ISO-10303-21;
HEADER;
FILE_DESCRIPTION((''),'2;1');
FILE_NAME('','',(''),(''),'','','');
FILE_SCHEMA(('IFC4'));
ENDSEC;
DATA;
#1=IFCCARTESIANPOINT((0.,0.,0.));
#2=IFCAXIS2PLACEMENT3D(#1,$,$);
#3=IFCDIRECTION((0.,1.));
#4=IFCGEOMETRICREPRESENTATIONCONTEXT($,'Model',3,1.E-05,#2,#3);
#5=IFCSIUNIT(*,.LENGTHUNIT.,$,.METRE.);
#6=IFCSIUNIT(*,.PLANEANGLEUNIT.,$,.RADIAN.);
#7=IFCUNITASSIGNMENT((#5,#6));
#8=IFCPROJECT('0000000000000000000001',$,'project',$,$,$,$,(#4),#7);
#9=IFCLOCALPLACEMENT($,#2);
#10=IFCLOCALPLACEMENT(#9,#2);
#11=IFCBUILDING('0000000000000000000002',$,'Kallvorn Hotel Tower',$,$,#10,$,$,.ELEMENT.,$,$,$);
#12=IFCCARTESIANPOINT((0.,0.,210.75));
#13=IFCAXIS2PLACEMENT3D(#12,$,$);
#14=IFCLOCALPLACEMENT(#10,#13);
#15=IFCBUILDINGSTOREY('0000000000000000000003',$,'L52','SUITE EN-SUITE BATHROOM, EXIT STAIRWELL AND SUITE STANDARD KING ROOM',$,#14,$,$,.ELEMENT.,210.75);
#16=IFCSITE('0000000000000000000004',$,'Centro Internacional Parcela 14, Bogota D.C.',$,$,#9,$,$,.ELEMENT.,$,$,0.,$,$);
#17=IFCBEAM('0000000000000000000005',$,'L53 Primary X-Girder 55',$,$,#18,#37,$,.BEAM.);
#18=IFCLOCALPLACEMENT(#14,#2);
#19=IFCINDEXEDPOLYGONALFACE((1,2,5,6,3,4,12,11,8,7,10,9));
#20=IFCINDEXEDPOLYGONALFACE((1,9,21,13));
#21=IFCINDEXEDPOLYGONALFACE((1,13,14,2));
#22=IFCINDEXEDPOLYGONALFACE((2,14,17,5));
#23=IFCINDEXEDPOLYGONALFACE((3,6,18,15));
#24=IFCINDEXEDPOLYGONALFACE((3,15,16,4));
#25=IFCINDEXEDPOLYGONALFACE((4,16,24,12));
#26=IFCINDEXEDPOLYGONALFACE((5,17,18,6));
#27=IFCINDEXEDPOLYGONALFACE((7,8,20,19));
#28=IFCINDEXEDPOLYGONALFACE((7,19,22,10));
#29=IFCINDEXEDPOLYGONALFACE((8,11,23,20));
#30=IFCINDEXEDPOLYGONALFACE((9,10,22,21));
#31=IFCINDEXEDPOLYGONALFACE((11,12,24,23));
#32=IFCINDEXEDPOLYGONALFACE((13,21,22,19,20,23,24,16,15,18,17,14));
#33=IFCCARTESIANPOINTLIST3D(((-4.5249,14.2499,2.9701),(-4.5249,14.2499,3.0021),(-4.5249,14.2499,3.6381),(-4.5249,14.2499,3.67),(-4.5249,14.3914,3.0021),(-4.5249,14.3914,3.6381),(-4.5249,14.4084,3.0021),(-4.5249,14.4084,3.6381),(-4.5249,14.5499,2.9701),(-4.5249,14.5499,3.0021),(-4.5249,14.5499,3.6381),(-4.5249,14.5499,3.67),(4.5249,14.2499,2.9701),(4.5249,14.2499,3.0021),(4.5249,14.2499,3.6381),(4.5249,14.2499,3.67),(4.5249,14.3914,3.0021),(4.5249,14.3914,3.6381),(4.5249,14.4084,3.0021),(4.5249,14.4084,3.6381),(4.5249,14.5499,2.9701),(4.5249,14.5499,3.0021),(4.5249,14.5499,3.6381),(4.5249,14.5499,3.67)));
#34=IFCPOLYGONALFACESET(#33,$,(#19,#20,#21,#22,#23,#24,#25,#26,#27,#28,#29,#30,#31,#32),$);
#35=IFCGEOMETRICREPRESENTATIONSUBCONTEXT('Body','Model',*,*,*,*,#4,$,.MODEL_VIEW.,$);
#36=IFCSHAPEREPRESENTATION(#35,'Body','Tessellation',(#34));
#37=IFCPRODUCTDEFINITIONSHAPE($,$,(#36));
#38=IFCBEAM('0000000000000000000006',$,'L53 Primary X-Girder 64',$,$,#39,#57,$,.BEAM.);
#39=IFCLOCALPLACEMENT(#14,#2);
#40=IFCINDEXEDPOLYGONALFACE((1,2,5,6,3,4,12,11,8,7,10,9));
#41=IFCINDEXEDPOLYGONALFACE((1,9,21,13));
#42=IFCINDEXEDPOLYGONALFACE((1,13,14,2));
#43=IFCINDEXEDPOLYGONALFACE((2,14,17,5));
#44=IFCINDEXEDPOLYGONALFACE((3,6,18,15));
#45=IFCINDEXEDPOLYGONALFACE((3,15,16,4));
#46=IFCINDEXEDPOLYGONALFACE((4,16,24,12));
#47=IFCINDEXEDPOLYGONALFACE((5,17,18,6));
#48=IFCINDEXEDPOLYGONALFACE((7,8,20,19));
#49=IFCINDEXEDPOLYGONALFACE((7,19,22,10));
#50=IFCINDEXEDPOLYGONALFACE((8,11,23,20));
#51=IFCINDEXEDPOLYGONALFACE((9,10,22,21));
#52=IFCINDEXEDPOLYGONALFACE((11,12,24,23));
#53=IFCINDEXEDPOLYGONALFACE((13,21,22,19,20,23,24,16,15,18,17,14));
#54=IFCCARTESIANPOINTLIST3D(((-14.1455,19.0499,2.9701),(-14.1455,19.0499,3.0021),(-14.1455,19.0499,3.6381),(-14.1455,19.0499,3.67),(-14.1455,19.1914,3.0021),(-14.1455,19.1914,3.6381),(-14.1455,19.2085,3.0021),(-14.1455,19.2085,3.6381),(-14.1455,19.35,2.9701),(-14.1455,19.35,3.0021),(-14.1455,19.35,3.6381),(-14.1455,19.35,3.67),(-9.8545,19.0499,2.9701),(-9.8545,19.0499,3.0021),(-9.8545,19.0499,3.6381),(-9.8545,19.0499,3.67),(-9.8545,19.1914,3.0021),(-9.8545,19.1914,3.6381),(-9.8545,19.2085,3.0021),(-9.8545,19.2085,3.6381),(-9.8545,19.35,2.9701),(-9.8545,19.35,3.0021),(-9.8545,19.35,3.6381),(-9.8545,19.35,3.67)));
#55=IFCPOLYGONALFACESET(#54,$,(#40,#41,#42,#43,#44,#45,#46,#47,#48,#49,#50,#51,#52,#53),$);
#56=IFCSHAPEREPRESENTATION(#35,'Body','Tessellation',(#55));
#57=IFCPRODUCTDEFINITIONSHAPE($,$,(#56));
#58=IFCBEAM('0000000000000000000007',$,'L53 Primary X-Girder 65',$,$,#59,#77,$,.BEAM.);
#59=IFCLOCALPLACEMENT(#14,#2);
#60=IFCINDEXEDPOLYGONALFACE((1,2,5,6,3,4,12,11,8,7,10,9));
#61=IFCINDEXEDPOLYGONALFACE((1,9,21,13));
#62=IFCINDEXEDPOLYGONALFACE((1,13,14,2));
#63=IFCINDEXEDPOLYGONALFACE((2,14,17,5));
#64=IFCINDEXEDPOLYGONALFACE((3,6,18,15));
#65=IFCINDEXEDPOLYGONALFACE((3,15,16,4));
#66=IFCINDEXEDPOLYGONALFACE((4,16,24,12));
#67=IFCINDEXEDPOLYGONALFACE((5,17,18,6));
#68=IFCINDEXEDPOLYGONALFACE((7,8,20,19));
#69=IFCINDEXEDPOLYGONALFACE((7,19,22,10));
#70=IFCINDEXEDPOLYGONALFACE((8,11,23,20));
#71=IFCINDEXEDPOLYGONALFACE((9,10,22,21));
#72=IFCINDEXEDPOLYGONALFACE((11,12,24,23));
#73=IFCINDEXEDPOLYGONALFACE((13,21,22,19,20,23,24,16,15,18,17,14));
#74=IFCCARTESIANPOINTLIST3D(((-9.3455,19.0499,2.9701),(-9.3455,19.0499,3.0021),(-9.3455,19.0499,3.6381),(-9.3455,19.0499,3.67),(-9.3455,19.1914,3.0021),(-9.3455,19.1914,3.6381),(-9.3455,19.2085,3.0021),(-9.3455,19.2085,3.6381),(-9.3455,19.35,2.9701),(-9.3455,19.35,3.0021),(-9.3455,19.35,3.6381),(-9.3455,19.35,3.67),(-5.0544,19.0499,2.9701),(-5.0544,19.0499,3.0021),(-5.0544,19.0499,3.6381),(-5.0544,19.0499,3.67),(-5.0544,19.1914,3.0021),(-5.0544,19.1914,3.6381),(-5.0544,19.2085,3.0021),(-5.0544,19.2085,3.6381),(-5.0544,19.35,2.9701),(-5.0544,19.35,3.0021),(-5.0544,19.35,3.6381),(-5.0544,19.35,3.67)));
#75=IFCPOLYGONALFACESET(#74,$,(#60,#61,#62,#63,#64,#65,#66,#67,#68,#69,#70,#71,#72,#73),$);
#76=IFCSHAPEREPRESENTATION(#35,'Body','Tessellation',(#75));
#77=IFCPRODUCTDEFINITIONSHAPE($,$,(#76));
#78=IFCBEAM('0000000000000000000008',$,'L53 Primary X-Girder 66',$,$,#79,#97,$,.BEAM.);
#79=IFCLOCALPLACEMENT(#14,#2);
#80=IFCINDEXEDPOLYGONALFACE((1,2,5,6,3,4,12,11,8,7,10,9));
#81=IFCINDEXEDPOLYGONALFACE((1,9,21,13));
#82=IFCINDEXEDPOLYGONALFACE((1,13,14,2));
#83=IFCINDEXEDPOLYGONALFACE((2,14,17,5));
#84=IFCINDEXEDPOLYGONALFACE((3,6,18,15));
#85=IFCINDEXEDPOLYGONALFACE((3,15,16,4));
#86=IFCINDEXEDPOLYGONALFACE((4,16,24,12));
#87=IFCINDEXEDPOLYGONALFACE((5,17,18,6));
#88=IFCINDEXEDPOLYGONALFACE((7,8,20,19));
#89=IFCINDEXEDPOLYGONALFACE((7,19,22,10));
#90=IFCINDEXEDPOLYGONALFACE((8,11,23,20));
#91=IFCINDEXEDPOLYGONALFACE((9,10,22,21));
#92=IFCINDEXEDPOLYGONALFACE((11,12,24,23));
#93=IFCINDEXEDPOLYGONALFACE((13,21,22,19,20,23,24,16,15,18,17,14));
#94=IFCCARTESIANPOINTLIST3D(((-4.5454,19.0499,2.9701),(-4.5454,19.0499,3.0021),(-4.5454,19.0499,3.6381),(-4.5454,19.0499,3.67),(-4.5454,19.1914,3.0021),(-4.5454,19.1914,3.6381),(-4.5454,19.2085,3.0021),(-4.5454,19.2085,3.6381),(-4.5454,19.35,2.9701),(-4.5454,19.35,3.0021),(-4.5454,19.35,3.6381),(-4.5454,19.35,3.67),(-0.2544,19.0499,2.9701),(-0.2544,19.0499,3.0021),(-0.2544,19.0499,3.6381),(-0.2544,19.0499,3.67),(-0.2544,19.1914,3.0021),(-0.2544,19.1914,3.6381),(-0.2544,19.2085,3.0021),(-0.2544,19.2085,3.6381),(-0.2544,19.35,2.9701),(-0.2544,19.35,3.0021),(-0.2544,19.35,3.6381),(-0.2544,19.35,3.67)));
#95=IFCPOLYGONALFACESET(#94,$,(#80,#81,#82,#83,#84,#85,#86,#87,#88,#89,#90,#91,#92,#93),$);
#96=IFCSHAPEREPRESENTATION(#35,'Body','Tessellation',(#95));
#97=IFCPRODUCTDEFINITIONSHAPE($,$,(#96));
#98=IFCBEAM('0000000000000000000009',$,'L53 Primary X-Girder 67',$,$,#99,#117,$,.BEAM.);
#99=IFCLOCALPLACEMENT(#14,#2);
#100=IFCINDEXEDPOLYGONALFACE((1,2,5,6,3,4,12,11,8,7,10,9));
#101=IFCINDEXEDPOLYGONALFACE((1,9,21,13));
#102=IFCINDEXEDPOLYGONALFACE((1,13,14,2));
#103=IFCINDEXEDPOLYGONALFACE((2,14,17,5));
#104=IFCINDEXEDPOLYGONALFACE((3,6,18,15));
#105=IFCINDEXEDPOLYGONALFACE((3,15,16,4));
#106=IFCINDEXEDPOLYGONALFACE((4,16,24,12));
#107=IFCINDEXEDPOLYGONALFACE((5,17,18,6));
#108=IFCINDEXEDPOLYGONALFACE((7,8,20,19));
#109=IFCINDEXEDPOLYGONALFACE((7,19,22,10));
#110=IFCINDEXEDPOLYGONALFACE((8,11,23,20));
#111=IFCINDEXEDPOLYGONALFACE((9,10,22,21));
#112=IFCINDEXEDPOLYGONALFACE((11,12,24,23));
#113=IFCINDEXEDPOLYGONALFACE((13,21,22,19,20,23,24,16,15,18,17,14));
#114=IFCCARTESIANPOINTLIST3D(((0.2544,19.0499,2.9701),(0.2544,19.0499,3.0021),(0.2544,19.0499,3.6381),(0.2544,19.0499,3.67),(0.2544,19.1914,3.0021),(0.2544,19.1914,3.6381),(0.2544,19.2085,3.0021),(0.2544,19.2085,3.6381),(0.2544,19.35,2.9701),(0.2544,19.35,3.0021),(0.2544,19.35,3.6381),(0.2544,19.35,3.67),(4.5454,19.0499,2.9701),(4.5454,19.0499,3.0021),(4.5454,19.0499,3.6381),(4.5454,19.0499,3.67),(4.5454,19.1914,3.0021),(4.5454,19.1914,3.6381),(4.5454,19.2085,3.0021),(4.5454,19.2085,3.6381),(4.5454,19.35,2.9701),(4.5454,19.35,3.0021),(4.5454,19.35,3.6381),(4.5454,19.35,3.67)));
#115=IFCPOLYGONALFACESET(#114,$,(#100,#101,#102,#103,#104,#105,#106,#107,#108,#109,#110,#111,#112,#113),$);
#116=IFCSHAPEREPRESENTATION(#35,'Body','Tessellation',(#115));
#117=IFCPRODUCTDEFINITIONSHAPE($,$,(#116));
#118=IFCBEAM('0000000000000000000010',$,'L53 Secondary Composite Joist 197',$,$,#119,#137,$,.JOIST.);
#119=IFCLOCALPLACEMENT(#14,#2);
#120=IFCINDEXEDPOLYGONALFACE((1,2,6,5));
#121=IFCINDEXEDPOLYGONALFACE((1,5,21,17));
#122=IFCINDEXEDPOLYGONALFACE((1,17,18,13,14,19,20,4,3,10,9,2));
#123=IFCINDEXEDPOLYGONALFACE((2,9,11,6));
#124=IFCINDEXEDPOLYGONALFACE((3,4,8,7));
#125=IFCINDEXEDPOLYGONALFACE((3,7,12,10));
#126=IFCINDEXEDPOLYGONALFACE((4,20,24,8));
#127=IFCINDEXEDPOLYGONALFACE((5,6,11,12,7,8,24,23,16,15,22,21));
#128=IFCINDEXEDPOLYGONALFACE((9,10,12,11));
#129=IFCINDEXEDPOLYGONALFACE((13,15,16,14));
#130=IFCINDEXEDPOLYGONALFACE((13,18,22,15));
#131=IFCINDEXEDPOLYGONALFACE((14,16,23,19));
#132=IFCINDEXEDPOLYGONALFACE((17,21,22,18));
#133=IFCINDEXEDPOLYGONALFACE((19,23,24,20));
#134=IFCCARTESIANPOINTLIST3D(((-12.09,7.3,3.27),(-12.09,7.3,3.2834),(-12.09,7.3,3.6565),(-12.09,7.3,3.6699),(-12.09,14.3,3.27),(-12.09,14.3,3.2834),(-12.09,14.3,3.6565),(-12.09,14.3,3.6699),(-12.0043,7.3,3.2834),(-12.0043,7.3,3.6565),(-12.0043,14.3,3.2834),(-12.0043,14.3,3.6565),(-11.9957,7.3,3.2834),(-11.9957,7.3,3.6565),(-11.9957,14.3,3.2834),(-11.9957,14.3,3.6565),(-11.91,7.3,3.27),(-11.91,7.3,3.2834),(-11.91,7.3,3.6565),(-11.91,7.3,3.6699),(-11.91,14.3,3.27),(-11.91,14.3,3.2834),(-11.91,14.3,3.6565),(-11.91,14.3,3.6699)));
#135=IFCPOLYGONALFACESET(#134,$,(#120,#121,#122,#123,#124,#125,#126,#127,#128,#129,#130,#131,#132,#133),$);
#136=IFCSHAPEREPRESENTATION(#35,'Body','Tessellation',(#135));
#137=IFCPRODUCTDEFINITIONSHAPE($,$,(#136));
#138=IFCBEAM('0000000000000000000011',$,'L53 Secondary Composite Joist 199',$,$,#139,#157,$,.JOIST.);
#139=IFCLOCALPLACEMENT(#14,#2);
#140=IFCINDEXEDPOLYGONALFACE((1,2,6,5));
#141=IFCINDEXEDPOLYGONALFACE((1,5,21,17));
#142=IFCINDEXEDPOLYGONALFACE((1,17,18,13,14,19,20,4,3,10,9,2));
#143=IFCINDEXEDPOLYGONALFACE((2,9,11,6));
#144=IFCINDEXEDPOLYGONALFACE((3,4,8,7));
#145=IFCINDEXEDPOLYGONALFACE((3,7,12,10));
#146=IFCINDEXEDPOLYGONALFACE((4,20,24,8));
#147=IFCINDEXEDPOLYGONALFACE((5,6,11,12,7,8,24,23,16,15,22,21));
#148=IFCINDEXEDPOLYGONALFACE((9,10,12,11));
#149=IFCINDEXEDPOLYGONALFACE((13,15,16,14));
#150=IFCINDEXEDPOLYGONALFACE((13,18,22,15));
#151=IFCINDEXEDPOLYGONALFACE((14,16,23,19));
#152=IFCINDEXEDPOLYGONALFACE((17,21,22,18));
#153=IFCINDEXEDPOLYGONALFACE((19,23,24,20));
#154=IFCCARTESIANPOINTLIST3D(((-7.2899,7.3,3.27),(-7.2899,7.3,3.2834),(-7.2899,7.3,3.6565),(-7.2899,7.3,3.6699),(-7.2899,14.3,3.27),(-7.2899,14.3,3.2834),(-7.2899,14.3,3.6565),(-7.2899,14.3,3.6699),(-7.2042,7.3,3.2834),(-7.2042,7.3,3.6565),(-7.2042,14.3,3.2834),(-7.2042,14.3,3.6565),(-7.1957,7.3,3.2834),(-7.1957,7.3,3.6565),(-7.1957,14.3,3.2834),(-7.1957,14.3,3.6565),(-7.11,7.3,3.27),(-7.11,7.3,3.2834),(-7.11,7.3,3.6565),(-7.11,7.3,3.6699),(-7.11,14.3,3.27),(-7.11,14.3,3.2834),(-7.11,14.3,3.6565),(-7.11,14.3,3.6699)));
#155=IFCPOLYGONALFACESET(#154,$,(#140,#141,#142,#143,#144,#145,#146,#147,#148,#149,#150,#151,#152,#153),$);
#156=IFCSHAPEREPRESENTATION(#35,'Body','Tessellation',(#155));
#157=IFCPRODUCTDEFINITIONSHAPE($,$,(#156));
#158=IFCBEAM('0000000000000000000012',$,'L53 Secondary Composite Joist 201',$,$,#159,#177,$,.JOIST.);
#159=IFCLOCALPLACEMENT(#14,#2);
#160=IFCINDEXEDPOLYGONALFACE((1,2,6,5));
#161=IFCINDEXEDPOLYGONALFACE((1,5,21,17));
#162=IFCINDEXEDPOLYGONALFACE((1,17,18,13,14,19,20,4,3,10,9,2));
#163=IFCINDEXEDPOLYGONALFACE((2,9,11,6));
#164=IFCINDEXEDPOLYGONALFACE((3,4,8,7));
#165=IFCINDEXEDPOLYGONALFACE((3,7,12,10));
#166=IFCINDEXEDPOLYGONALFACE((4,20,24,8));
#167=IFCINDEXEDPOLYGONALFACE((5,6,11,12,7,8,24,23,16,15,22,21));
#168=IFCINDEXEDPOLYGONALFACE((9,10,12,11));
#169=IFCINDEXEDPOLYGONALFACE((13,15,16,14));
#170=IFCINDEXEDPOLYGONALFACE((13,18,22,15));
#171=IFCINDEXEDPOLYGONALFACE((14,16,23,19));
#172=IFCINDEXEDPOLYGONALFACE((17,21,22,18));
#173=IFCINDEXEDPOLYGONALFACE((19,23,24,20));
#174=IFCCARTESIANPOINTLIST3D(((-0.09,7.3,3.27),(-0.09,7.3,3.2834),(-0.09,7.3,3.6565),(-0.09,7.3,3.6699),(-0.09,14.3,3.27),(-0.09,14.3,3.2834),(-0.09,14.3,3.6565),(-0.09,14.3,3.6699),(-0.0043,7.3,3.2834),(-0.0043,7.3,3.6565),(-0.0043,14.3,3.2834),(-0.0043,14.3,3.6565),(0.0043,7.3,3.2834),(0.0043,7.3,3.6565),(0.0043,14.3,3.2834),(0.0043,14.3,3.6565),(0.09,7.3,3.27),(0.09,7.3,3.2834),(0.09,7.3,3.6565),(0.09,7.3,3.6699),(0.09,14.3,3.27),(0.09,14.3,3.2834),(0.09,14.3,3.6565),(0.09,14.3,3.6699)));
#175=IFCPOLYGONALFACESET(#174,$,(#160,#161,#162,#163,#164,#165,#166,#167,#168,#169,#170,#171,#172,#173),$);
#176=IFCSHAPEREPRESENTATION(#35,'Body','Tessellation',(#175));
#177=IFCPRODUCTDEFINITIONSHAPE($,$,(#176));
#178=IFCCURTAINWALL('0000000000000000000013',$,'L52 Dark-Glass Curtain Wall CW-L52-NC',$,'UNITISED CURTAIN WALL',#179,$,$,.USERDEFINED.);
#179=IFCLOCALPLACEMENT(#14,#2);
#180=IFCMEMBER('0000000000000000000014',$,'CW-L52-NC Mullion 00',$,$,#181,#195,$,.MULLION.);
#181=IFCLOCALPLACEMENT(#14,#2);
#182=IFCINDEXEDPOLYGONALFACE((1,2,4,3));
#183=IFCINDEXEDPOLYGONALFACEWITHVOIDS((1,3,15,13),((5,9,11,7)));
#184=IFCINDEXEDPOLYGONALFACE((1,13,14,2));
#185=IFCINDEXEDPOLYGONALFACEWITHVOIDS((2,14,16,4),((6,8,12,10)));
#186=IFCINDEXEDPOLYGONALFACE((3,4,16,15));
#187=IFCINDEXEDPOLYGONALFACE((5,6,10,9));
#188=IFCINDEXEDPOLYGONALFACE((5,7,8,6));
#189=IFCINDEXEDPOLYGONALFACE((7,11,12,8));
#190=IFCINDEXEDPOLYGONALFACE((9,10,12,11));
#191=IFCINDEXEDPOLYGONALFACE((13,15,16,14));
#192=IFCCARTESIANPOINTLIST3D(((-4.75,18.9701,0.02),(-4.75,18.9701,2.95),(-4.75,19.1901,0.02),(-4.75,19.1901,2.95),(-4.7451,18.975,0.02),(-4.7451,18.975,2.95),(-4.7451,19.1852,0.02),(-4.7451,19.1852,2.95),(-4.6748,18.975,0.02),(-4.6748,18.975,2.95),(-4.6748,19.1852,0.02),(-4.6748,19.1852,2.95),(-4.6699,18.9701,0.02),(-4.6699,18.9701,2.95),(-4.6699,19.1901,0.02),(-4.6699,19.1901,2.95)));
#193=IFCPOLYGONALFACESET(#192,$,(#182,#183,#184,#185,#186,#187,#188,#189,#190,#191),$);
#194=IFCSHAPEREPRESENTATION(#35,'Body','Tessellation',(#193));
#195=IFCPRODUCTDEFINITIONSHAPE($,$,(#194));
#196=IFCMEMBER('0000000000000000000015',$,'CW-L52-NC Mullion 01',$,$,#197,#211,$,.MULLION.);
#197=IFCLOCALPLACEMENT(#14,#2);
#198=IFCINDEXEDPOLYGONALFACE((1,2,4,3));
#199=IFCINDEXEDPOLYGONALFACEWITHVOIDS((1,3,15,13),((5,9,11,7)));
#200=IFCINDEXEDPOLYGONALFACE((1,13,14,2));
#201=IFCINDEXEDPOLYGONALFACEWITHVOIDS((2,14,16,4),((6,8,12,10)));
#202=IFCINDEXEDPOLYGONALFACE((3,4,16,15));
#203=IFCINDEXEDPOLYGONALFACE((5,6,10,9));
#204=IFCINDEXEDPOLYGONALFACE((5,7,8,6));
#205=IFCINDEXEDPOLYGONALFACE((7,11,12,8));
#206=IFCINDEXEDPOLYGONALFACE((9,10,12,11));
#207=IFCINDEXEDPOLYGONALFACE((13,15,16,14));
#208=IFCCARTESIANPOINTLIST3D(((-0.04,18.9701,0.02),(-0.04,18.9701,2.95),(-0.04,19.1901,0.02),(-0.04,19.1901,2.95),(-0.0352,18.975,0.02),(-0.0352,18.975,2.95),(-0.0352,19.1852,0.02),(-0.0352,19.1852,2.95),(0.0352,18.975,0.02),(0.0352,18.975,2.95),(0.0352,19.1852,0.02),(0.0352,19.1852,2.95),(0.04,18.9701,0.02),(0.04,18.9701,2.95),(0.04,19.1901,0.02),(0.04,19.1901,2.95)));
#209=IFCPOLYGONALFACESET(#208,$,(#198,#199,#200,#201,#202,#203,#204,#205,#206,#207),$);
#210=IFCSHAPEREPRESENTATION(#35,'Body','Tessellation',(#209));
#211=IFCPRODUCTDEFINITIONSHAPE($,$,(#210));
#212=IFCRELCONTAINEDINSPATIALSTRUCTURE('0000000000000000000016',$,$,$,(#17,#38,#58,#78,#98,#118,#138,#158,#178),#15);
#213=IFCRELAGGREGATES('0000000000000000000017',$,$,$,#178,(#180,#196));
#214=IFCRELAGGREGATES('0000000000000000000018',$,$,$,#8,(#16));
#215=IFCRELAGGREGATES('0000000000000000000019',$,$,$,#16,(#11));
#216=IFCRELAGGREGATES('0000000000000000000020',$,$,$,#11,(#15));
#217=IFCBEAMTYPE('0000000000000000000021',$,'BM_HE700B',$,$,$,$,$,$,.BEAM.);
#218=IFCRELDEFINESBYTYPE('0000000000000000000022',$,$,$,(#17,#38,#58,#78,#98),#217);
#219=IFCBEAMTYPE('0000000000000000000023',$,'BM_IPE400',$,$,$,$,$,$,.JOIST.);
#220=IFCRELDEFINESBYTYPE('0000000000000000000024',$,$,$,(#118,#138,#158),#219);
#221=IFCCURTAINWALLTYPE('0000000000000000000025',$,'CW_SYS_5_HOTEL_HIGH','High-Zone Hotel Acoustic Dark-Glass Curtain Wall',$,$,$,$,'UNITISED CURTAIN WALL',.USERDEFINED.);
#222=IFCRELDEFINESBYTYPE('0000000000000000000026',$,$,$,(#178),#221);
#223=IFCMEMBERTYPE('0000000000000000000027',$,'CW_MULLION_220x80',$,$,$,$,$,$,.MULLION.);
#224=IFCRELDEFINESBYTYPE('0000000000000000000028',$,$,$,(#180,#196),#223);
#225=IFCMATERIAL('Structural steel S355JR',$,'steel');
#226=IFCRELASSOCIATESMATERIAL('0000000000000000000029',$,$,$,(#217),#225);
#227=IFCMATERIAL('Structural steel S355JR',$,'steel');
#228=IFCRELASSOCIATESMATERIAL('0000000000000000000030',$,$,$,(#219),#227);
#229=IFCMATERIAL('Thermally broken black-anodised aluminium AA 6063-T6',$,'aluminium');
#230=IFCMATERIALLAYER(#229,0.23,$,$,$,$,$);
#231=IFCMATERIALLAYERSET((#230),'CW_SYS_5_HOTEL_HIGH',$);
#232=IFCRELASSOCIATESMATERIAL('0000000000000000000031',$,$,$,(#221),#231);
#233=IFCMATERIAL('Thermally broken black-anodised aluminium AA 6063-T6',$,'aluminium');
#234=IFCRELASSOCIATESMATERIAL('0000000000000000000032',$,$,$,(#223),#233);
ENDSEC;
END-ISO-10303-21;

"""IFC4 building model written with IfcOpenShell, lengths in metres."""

from ifc_helpers import new_model, si_unit, direction, frame, origin, origin_2d, place, context, subcontext, project, spatial, hollow_rectangle, i_section, extrude, material, layer, layer_set, material_profile, profile_set, type_object, element, aggregate, save


model = new_model("IFC4")

# Units and contexts
model_context = context("Model", 3, precision=1e-05, world=origin(), true_north=direction((0.0, 1.0)))
body_context = subcontext(model_context, "Body", "Model", "MODEL_VIEW")
ifc_project = project(units=[si_unit("LENGTHUNIT", "METRE"), si_unit("PLANEANGLEUNIT", "RADIAN")], contexts=[model_context])

# Site, building, storey
site_placement = place(None, origin())
site = spatial("IfcSite", under=ifc_project, at=site_placement, Name="Centro Internacional Parcela 14, Bogota D.C.", CompositionType="ELEMENT", RefElevation=0.0)
building_placement = place(site_placement, origin())
building = spatial("IfcBuilding", under=site, at=building_placement, Name="Kallvorn Hotel Tower", CompositionType="ELEMENT")
storey_placement = place(building_placement, frame((0.0, 0.0, 210.75)))
storey = spatial("IfcBuildingStorey", under=building, at=storey_placement, Name="L52", Description="SUITE EN-SUITE BATHROOM, EXIT STAIRWELL AND SUITE STANDARD KING ROOM", CompositionType="ELEMENT", Elevation=210.75)

# Beams
ifc_material_1 = material(Name="Structural steel S355JR", Category="steel")
ifc_material_profile_1 = material_profile(ifc_material_1, i_section(OverallWidth=0.3, OverallDepth=0.7, WebThickness=0.0171, FlangeThickness=0.032, at=origin_2d()), Name="HE 700 B")
ifc_profile_set_1 = profile_set([ifc_material_profile_1], Name="Structural steel S355JR")
beam_type_1 = type_object("IfcBeamType", Name="BM_HE700B", PredefinedType="BEAM", material=ifc_profile_set_1)
beam_1_placement = place(storey_placement, frame((-4.5249, 14.3999, 3.3201), z_axis=(1.0, 0.0, 0.0), x_axis=(0.0, 1.0, 0.0)))
element("IfcBeam", 1, at=beam_1_placement, inside=storey, type_object=beam_type_1, Name="L53 Primary X-Girder 55", PredefinedType="BEAM", context=body_context, shape_type="SweptSolid", body=[
    extrude(i_section(OverallWidth=0.3, OverallDepth=0.7, WebThickness=0.0171, FlangeThickness=0.032, at=origin_2d()), origin(), (0.0, 0.0, 1.0), 9.0498),
])
for number, where, z_axis, x_axis, name in (
    (2, (-14.1455, 19.2, 3.3201), (1.0, 0.0, 0.0), (0.0, 1.0, 0.0), "L53 Primary X-Girder 64"),
    (3, (-9.3455, 19.2, 3.3201), (1.0, 0.0, 0.0), (0.0, 1.0, 0.0), "L53 Primary X-Girder 65"),
    (4, (-4.5454, 19.2, 3.3201), (1.0, 0.0, 0.0), (0.0, 1.0, 0.0), "L53 Primary X-Girder 66"),
    (5, (0.2544, 19.2, 3.3201), (1.0, 0.0, 0.0), (0.0, 1.0, 0.0), "L53 Primary X-Girder 67"),
):
    element("IfcBeam", number, at=place(storey_placement, frame(where, z_axis=z_axis, x_axis=x_axis)), inside=storey, type_object=beam_type_1, Name=name, PredefinedType="BEAM", context=body_context, shape_type="SweptSolid", body=[
        extrude(i_section(OverallWidth=0.3, OverallDepth=0.7, WebThickness=0.0171, FlangeThickness=0.032, at=origin_2d()), origin(), (0.0, 0.0, 1.0), 4.291),
    ])
ifc_material_2 = material(Name="Structural steel S355JR", Category="steel")
ifc_material_profile_2 = material_profile(ifc_material_2, i_section(OverallWidth=0.1799, OverallDepth=0.3999, WebThickness=0.0085, FlangeThickness=0.0134, at=origin_2d()), Name="IPE 400")
ifc_profile_set_2 = profile_set([ifc_material_profile_2], Name="Structural steel S355JR")
beam_type_2 = type_object("IfcBeamType", Name="BM_IPE400", PredefinedType="JOIST", material=ifc_profile_set_2)
for number, where, z_axis, x_axis, name in (
    (6, (-12.0, 7.3, 3.47), (0.0, 1.0, 0.0), (-1.0, 0.0, 0.0), "L53 Secondary Composite Joist 197"),
    (7, (-7.2, 7.3, 3.47), (0.0, 1.0, 0.0), (-1.0, 0.0, 0.0), "L53 Secondary Composite Joist 199"),
    (8, (0.0, 7.3, 3.47), (0.0, 1.0, 0.0), (-1.0, 0.0, 0.0), "L53 Secondary Composite Joist 201"),
):
    element("IfcBeam", number, at=place(storey_placement, frame(where, z_axis=z_axis, x_axis=x_axis)), inside=storey, type_object=beam_type_2, Name=name, PredefinedType="JOIST", context=body_context, shape_type="SweptSolid", body=[
        extrude(i_section(OverallWidth=0.1799, OverallDepth=0.3999, WebThickness=0.0085, FlangeThickness=0.0134, at=origin_2d()), origin(), (0.0, 0.0, 1.0), 7.0),
    ])

# Curtain wall, members
ifc_material_3 = material(Name="Thermally broken black-anodised aluminium AA 6063-T6", Category="aluminium")
ifc_layer_1 = layer(ifc_material_3, 0.23)
ifc_layer_set_1 = layer_set([ifc_layer_1], Name="CW_SYS_5_HOTEL_HIGH")
curtain_wall_type = type_object("IfcCurtainWallType", Name="CW_SYS_5_HOTEL_HIGH", Description="High-Zone Hotel Acoustic Dark-Glass Curtain Wall", ElementType="UNITISED CURTAIN WALL", PredefinedType="USERDEFINED", material=ifc_layer_set_1)
curtain_wall_placement = place(storey_placement, origin())
curtain_wall = element("IfcCurtainWall", 9, at=curtain_wall_placement, inside=storey, type_object=curtain_wall_type, Name="L52 Dark-Glass Curtain Wall CW-L52-NC", ObjectType="UNITISED CURTAIN WALL", PredefinedType="USERDEFINED")
ifc_material_4 = material(Name="Thermally broken black-anodised aluminium AA 6063-T6", Category="aluminium")
ifc_material_profile_3 = material_profile(ifc_material_4, hollow_rectangle(XDim=0.0801, YDim=0.22, WallThickness=0.0049, at=origin_2d()), Name="MUL 220x80")
ifc_profile_set_3 = profile_set([ifc_material_profile_3], Name="Thermally broken black-anodised aluminium AA 6063-T6")
member_type_1 = type_object("IfcMemberType", Name="CW_MULLION_220x80", PredefinedType="MULLION", material=ifc_profile_set_3)
member_1_placement = place(storey_placement, frame((-4.71, 19.0801, 0.02), z_axis=(0.0, 0.0, 1.0), x_axis=(1.0, 0.0, 0.0)))
member_1 = element("IfcMember", 10, at=member_1_placement, type_object=member_type_1, Name="CW-L52-NC Mullion 00", PredefinedType="MULLION", context=body_context, shape_type="SweptSolid", body=[
    extrude(hollow_rectangle(XDim=0.0801, YDim=0.22, WallThickness=0.0049, at=origin_2d()), origin(), (0.0, 0.0, 1.0), 2.9299),
])
member_2_placement = place(storey_placement, frame((0.0, 19.0801, 0.02), z_axis=(0.0, 0.0, 1.0), x_axis=(1.0, 0.0, 0.0)))
member_2 = element("IfcMember", 11, at=member_2_placement, type_object=member_type_1, Name="CW-L52-NC Mullion 01", PredefinedType="MULLION", context=body_context, shape_type="SweptSolid", body=[
    extrude(hollow_rectangle(XDim=0.0801, YDim=0.22, WallThickness=0.0049, at=origin_2d()), origin(), (0.0, 0.0, 1.0), 2.9299),
])
aggregate(curtain_wall, [member_1, member_2])

save(model, "model.ifc")
